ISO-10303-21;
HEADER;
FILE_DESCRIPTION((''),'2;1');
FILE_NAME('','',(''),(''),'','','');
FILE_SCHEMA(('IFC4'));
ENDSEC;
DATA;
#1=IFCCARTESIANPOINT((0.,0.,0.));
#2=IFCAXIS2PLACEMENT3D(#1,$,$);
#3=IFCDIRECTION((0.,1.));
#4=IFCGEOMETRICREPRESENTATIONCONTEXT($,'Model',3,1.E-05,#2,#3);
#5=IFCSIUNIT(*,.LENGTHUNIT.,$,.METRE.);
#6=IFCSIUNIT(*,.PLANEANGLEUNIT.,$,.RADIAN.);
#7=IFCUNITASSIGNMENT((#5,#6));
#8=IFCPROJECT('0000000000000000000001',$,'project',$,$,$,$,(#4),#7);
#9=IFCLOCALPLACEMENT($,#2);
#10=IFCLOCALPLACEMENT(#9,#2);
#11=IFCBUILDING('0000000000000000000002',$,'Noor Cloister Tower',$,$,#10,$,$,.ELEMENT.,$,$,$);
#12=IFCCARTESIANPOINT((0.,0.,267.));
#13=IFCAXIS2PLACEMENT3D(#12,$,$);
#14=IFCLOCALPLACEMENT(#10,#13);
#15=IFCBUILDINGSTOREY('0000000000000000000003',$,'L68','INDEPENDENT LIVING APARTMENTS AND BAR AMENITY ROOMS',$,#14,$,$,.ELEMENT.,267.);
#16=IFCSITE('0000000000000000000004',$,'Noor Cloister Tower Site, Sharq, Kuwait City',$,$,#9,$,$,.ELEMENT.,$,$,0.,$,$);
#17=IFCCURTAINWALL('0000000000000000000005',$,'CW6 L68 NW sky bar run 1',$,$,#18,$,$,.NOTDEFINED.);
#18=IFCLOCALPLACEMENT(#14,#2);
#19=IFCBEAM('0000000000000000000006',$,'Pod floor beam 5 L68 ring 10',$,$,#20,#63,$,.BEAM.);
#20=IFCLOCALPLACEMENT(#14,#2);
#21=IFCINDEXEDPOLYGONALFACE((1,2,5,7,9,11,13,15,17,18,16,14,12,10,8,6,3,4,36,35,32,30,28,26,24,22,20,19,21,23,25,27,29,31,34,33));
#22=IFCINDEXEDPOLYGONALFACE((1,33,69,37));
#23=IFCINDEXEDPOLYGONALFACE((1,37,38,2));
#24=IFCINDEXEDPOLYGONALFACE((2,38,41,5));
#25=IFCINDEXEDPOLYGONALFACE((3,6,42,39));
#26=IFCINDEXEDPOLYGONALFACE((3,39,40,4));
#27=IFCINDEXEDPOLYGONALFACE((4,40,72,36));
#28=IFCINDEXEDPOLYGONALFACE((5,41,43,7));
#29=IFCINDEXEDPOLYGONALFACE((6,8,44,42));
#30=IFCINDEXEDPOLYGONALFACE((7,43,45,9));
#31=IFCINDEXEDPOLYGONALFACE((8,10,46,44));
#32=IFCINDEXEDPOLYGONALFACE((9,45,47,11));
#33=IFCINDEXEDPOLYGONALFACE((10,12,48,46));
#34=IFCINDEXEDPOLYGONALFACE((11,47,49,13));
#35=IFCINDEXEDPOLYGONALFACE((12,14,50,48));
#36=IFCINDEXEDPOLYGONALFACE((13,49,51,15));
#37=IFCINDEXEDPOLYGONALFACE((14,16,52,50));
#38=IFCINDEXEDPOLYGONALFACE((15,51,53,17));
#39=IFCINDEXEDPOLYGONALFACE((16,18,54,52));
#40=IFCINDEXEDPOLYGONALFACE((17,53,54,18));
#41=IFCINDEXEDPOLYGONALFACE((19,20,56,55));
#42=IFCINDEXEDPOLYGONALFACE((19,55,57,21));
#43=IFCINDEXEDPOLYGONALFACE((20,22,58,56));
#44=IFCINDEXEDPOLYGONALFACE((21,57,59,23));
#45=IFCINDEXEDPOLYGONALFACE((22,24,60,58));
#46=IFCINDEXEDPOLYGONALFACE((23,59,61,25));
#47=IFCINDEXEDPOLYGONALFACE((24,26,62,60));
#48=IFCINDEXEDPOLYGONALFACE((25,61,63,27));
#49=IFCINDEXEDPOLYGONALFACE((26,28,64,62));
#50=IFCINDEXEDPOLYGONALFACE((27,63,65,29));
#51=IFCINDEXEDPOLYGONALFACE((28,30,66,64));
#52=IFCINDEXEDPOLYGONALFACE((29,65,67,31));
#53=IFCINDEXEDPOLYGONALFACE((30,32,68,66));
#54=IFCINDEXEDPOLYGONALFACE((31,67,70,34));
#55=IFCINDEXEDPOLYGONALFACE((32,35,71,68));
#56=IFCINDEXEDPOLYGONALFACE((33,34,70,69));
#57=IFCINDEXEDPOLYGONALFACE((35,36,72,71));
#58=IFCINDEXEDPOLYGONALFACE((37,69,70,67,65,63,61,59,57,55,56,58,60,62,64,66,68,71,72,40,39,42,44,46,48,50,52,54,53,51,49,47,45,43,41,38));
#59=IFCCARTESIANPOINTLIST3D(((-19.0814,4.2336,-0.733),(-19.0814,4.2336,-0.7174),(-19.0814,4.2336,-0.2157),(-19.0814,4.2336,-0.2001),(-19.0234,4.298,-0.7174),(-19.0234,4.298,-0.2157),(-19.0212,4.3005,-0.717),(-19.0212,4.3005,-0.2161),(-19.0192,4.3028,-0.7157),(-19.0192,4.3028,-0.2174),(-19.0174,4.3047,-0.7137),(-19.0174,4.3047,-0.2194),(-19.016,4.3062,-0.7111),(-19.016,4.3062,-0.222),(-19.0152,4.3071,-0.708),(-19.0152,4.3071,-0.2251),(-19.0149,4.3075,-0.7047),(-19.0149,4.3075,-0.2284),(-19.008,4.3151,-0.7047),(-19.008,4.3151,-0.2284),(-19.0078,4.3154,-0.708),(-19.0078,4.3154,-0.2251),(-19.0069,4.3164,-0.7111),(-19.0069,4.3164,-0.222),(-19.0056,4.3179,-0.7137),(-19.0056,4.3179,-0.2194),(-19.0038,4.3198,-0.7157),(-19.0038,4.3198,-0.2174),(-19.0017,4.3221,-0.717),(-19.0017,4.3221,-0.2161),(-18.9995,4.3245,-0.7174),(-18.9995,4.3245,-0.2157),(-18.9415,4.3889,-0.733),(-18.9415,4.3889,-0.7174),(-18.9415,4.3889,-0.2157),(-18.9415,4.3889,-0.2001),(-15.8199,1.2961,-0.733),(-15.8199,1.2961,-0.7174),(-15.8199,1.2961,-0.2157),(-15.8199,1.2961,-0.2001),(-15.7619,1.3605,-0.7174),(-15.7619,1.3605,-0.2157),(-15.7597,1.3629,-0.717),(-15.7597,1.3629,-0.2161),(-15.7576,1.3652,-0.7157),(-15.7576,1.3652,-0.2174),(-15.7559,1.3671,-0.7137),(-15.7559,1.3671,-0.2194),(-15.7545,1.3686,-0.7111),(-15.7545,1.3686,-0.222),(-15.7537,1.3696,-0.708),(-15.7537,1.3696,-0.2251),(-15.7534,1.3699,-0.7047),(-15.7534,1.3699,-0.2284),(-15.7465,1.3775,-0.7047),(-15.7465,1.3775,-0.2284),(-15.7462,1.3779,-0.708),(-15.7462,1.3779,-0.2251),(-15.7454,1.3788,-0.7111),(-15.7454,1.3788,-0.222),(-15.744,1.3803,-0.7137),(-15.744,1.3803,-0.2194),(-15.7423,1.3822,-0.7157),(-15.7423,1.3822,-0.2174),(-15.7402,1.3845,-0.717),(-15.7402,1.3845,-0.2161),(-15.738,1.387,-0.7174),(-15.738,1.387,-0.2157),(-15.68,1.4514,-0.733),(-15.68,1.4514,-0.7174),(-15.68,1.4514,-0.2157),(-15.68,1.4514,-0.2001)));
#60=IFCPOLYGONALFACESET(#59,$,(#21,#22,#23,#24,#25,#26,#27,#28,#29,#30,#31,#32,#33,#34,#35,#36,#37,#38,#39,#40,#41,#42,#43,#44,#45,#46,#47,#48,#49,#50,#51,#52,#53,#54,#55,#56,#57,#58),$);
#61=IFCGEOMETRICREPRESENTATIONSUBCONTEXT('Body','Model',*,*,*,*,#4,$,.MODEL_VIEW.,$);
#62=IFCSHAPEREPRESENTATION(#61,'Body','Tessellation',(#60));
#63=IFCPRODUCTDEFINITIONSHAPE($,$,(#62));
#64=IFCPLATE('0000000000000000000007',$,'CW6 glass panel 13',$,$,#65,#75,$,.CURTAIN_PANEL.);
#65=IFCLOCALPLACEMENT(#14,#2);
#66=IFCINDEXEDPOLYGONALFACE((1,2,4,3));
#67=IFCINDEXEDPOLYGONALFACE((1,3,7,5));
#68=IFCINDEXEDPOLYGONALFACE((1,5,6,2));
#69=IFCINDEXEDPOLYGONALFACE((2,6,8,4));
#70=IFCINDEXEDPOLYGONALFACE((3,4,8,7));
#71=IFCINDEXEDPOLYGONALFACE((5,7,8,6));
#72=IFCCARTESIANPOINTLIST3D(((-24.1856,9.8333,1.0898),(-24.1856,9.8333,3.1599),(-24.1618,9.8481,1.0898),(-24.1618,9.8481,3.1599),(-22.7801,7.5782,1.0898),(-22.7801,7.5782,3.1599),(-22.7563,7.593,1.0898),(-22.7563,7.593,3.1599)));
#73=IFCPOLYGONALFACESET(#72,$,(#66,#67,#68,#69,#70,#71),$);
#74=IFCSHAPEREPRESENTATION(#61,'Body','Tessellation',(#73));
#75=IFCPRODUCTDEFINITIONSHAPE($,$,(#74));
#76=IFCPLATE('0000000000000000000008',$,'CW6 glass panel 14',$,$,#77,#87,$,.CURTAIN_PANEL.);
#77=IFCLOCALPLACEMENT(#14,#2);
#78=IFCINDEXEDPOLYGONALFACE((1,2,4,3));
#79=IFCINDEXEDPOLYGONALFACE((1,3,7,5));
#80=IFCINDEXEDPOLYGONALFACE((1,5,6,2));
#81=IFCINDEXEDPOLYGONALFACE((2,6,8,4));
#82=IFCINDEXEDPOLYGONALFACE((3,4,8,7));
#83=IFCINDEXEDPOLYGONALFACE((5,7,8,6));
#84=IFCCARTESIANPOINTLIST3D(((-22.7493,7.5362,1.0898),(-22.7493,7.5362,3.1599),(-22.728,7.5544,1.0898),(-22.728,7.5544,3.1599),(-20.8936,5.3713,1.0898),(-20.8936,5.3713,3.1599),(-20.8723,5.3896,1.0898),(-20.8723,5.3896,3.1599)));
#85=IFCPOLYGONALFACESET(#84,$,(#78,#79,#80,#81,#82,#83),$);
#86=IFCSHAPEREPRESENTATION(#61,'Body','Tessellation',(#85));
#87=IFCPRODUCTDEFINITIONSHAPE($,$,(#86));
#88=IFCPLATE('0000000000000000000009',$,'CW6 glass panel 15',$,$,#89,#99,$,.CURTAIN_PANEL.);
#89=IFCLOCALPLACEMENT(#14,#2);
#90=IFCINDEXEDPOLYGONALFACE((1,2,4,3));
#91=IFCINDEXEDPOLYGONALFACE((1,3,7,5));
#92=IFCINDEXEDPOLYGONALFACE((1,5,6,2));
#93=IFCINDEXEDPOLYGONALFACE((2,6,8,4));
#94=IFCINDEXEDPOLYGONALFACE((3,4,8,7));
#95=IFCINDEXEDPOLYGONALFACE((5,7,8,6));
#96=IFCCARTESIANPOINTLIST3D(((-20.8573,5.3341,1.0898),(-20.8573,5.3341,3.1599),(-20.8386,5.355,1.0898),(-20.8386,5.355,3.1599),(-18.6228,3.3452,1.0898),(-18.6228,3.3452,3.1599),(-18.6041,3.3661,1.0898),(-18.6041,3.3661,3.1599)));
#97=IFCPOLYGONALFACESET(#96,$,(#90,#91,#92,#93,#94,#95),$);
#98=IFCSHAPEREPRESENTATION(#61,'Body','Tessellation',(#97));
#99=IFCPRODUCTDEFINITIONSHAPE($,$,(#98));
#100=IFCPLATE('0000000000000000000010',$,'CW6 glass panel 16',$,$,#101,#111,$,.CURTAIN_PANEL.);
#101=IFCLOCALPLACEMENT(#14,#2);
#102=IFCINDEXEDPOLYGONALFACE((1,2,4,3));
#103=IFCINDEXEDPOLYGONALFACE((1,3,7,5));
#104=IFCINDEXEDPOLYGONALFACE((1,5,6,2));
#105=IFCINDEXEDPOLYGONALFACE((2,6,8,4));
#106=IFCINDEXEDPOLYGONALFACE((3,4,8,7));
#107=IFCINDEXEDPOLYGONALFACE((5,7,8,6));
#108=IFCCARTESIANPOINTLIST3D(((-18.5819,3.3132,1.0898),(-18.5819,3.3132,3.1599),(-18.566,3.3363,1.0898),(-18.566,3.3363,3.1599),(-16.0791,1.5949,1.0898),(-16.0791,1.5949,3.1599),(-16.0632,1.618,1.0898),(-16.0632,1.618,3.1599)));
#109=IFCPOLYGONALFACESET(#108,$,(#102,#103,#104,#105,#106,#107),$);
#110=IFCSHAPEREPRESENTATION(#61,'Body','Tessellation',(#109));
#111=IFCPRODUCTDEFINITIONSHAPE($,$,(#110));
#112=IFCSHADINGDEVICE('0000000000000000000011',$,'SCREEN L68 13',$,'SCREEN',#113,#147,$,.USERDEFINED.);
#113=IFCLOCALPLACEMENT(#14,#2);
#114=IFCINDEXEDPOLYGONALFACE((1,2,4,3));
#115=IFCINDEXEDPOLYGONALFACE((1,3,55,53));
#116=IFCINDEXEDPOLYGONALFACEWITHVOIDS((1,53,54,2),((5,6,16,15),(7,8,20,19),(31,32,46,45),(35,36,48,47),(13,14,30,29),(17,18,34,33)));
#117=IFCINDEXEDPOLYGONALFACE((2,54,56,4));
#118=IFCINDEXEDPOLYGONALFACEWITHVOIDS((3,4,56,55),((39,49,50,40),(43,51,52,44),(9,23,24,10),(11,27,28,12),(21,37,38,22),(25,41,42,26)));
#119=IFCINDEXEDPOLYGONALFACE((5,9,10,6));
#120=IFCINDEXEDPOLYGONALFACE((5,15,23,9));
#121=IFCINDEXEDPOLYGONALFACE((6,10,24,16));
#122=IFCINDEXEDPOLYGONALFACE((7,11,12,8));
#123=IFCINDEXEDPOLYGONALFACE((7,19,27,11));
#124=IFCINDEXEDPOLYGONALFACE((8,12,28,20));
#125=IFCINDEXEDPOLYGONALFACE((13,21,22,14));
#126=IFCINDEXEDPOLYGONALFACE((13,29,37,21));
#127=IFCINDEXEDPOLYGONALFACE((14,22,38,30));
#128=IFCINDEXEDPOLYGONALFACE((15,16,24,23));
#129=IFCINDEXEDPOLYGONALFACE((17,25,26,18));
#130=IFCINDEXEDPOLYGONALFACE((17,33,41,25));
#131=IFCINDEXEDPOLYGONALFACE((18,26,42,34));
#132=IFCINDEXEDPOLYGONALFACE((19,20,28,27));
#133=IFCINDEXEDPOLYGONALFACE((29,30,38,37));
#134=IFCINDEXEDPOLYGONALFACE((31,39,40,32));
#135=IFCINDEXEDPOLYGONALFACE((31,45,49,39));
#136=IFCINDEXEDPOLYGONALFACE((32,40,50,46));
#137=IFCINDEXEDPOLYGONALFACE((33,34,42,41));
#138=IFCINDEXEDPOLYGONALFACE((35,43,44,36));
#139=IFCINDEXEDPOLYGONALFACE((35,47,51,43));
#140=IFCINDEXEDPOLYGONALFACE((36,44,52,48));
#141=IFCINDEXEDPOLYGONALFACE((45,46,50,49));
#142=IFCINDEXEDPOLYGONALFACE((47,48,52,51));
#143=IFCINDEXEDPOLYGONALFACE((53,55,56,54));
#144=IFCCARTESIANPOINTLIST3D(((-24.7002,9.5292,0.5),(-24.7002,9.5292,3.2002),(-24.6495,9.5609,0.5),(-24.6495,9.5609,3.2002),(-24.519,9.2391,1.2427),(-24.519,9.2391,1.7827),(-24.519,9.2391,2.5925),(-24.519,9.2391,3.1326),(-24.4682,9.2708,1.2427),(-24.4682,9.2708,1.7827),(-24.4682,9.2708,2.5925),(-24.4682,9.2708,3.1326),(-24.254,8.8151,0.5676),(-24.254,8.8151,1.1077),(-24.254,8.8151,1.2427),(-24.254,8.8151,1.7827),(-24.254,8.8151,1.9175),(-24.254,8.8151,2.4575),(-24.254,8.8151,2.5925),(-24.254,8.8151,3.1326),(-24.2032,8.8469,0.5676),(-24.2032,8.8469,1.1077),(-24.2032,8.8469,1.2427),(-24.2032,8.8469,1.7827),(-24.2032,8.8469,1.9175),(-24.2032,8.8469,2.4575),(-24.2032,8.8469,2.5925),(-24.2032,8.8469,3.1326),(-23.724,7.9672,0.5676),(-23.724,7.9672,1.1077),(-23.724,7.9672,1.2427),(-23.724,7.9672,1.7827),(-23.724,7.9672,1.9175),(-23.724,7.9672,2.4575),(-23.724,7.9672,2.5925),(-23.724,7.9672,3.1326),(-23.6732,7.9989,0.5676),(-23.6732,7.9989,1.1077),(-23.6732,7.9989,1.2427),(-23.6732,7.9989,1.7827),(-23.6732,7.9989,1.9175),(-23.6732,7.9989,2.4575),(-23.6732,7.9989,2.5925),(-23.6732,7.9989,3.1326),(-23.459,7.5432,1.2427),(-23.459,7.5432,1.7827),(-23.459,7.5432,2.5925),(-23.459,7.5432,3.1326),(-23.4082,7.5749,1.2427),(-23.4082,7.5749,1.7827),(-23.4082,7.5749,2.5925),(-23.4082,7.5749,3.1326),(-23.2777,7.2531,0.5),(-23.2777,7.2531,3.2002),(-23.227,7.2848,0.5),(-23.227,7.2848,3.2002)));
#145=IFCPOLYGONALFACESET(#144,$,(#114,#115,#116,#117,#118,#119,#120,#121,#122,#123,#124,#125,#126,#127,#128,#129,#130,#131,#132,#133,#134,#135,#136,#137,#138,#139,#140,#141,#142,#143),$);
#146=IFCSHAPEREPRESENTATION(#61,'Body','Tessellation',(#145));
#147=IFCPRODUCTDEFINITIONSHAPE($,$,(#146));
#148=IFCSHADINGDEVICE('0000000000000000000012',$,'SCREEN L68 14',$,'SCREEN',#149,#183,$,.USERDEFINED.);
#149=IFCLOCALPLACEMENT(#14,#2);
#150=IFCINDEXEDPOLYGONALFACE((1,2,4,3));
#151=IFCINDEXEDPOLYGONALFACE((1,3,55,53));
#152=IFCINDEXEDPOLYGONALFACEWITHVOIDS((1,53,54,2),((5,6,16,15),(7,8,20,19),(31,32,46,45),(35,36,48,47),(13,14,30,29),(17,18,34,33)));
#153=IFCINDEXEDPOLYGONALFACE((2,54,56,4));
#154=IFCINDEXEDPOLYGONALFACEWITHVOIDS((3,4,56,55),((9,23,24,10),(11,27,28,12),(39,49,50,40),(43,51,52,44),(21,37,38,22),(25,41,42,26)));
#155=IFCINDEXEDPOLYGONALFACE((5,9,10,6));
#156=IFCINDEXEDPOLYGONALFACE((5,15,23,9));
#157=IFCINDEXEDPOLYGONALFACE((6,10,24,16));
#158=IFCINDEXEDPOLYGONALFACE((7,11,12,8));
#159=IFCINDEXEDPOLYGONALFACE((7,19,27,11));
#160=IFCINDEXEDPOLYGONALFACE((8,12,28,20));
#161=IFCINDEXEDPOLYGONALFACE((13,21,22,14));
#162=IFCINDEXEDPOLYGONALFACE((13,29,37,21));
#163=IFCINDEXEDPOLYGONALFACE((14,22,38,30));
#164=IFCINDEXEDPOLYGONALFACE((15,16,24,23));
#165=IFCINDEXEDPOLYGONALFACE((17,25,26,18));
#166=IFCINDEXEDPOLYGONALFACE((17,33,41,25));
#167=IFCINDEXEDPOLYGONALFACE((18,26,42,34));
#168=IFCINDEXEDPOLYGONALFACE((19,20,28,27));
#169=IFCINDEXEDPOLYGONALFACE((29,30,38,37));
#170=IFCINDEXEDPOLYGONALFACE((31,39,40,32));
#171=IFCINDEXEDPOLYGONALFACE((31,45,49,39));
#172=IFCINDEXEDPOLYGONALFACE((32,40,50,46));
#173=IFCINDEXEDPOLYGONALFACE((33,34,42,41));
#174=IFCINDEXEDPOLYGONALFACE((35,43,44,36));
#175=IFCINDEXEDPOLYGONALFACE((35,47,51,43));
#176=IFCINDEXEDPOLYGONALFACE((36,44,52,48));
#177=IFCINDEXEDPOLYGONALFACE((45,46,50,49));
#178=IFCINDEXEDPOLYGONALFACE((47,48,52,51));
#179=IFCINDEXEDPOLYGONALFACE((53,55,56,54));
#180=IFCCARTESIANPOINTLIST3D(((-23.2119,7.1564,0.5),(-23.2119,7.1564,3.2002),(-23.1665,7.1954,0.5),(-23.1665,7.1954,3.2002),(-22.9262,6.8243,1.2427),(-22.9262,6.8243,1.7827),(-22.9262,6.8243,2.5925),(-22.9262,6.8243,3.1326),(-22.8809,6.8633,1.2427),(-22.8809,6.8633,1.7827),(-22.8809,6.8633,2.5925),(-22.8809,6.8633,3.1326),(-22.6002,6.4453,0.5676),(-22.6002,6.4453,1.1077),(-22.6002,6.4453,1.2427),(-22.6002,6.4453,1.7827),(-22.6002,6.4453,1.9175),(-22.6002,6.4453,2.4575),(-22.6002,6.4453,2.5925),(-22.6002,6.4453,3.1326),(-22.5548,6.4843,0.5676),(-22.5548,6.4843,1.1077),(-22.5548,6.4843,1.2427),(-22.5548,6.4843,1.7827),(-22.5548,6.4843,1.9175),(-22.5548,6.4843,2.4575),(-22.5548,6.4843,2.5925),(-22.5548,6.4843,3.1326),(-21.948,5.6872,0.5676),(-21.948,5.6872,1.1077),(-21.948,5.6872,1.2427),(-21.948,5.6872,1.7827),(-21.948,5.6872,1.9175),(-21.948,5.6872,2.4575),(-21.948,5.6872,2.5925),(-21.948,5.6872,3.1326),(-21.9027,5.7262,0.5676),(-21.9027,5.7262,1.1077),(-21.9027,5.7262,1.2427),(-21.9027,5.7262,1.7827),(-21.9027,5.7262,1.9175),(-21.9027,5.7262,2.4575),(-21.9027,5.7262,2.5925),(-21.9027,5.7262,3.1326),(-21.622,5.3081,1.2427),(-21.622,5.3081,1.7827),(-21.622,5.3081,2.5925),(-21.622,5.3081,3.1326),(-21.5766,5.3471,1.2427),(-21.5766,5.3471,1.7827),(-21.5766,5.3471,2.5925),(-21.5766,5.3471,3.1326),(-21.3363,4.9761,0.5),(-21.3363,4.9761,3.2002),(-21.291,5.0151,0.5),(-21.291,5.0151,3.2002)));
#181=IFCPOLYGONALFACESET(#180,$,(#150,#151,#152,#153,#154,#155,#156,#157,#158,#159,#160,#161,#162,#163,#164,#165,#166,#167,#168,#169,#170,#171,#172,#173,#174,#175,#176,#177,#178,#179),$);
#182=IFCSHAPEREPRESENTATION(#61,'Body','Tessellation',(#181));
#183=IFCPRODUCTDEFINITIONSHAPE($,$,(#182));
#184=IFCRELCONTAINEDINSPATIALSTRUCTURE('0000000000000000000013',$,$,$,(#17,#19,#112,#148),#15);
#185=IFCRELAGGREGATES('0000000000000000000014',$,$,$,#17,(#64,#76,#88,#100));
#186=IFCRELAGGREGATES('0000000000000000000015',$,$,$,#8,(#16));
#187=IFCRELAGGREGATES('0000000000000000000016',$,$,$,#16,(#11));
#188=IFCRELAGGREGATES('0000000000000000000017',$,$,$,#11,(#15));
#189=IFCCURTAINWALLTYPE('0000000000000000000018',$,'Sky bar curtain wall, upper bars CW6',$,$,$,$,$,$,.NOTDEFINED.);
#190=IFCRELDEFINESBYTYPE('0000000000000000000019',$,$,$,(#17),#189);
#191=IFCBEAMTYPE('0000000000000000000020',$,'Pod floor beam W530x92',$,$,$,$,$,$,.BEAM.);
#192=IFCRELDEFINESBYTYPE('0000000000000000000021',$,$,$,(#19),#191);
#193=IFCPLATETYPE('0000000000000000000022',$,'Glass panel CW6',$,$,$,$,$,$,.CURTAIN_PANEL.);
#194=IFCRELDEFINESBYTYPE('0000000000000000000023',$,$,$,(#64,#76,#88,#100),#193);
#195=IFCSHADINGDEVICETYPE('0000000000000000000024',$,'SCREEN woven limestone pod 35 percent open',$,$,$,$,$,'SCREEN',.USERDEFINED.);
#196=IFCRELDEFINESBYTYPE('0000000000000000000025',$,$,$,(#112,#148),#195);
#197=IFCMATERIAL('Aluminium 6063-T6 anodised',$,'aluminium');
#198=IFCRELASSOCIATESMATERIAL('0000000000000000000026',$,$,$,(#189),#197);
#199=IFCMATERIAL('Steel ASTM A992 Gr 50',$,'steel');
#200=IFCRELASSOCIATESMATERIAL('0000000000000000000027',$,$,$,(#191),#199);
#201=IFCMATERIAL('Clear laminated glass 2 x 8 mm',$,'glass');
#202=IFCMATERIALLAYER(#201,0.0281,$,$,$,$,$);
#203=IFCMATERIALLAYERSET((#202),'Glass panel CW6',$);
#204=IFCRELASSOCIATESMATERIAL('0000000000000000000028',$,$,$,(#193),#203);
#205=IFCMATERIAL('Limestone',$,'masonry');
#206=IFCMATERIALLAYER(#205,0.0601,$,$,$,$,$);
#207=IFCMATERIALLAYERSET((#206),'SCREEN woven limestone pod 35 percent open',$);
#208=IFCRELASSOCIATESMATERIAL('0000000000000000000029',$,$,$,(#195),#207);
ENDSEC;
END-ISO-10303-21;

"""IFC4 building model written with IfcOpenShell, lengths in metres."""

from ifc_helpers import new_model, si_unit, direction, frame, origin, origin_2d, place, context, subcontext, project, spatial, polyline, rectangle, i_section, outline, extrude, material, layer, layer_set, material_profile, profile_set, type_object, element, aggregate, save


model = new_model("IFC4")

# Units and contexts
model_context = context("Model", 3, precision=1e-05, world=origin(), true_north=direction((0.0, 1.0)))
body_context = subcontext(model_context, "Body", "Model", "MODEL_VIEW")
ifc_project = project(units=[si_unit("LENGTHUNIT", "METRE"), si_unit("PLANEANGLEUNIT", "RADIAN")], contexts=[model_context])

# Site, building, storey
site_placement = place(None, origin())
site = spatial("IfcSite", under=ifc_project, at=site_placement, Name="Noor Cloister Tower Site, Sharq, Kuwait City", CompositionType="ELEMENT", RefElevation=0.0)
building_placement = place(site_placement, origin())
building = spatial("IfcBuilding", under=site, at=building_placement, Name="Noor Cloister Tower", CompositionType="ELEMENT")
storey_placement = place(building_placement, frame((0.0, 0.0, 267.0)))
storey = spatial("IfcBuildingStorey", under=building, at=storey_placement, Name="L68", Description="INDEPENDENT LIVING APARTMENTS AND BAR AMENITY ROOMS", CompositionType="ELEMENT", Elevation=267.0)

# Curtain wall
ifc_material_1 = material(Name="Aluminium 6063-T6 anodised", Category="aluminium")
curtain_wall_type = type_object("IfcCurtainWallType", Name="Sky bar curtain wall, upper bars CW6", PredefinedType="NOTDEFINED", material=ifc_material_1)
curtain_wall_placement = place(storey_placement, origin())
curtain_wall = element("IfcCurtainWall", 1, at=curtain_wall_placement, inside=storey, type_object=curtain_wall_type, Name="CW6 L68 NW sky bar run 1", PredefinedType="NOTDEFINED")

# Beam
ifc_material_2 = material(Name="Steel ASTM A992 Gr 50", Category="steel")
ifc_material_profile_1 = material_profile(ifc_material_2, i_section(OverallWidth=0.209, OverallDepth=0.533, WebThickness=0.0103, FlangeThickness=0.0156, FilletRadius=0.0127, at=origin_2d()), Name="W530x92")
ifc_profile_set_1 = profile_set([ifc_material_profile_1], Name="Steel ASTM A992 Gr 50")
beam_type = type_object("IfcBeamType", Name="Pod floor beam W530x92", PredefinedType="BEAM", material=ifc_profile_set_1)
beam_1_placement = place(storey_placement, frame((-19.0115, 4.3113, -0.4666), z_axis=(0.743048, -0.669238, 0.0), x_axis=(0.669238, 0.743048, 0.0)))
element("IfcBeam", 2, at=beam_1_placement, inside=storey, type_object=beam_type, Name="Pod floor beam 5 L68 ring 10", PredefinedType="BEAM", context=body_context, shape_type="SweptSolid", body=[
    extrude(i_section(OverallWidth=0.209, OverallDepth=0.533, WebThickness=0.0103, FlangeThickness=0.0156, FilletRadius=0.0127, at=origin_2d()), origin(), (0.0, 0.0, 1.0), 4.3894),
])

# Plates
ifc_material_3 = material(Name="Clear laminated glass 2 x 8 mm", Category="glass")
ifc_layer_1 = layer(ifc_material_3, 0.0281)
ifc_layer_set_1 = layer_set([ifc_layer_1], Name="Glass panel CW6")
plate_type = type_object("IfcPlateType", Name="Glass panel CW6", PredefinedType="CURTAIN_PANEL", material=ifc_layer_set_1)
plate_1_placement = place(storey_placement, frame((-23.4709, 8.7131, 1.0898), z_axis=(0.0, 0.0, 1.0), x_axis=(0.528931, -0.848665, 0.0)))
plate_1 = element("IfcPlate", 3, at=plate_1_placement, type_object=plate_type, Name="CW6 glass panel 13", PredefinedType="CURTAIN_PANEL", context=body_context, shape_type="SweptSolid", body=[
    extrude(rectangle(XDim=2.6572, YDim=0.0281, at=origin_2d()), origin(), (0.0, 0.0, 1.0), 2.0701),
])
plate_2_placement = place(storey_placement, frame((-21.8108, 6.4629, 1.0898), z_axis=(0.0, 0.0, 1.0), x_axis=(0.650821, -0.759231, 0.0)))
plate_2 = element("IfcPlate", 4, at=plate_2_placement, type_object=plate_type, Name="CW6 glass panel 14", PredefinedType="CURTAIN_PANEL", context=body_context, shape_type="SweptSolid", body=[
    extrude(rectangle(XDim=2.8513, YDim=0.0281, at=origin_2d()), origin(), (0.0, 0.0, 1.0), 2.0701),
])
plate_3_placement = place(storey_placement, frame((-19.7307, 4.3501, 1.0898), z_axis=(0.0, 0.0, 1.0), x_axis=(0.74697, -0.664858, 0.0)))
plate_3 = element("IfcPlate", 5, at=plate_3_placement, type_object=plate_type, Name="CW6 glass panel 15", PredefinedType="CURTAIN_PANEL", context=body_context, shape_type="SweptSolid", body=[
    extrude(rectangle(XDim=2.9915, YDim=0.0281, at=origin_2d()), origin(), (0.0, 0.0, 1.0), 2.0701),
])
plate_4_placement = place(storey_placement, frame((-17.3225, 2.4656, 1.0898), z_axis=(0.0, 0.0, 1.0), x_axis=(0.824408, -0.565997, 0.0)))
plate_4 = element("IfcPlate", 6, at=plate_4_placement, type_object=plate_type, Name="CW6 glass panel 16", PredefinedType="CURTAIN_PANEL", context=body_context, shape_type="SweptSolid", body=[
    extrude(rectangle(XDim=3.0359, YDim=0.0281, at=origin_2d()), origin(), (0.0, 0.0, 1.0), 2.0701),
])
aggregate(curtain_wall, [plate_1, plate_2, plate_3, plate_4])

# Shading devices
ifc_material_4 = material(Name="Limestone", Category="masonry")
ifc_layer_2 = layer(ifc_material_4, 0.0601)
ifc_layer_set_2 = layer_set([ifc_layer_2], Name="SCREEN woven limestone pod 35 percent open")
shading_device_type = type_object("IfcShadingDeviceType", Name="SCREEN woven limestone pod 35 percent open", ElementType="SCREEN", PredefinedType="USERDEFINED", material=ifc_layer_set_2)
shading_device_1_placement = place(storey_placement, frame((-23.9382, 8.4229, 1.8501), z_axis=(-0.847998, -0.529999, 0.0), x_axis=(0.529999, -0.847998, 0.0)))
element("IfcShadingDevice", 7, at=shading_device_1_placement, inside=storey, type_object=shading_device_type, Name="SCREEN L68 13", ObjectType="SCREEN", PredefinedType="USERDEFINED", context=body_context, shape_type="SweptSolid", body=[
    extrude(outline(polyline([(-1.342, -1.3501), (1.342, -1.3501), (1.342, 1.3501), (-1.342, 1.3501), (-1.342, -1.3501)]), holes=[polyline([(-0.5, -1.2825), (0.5, -1.2825), (0.5, -0.7424), (-0.5, -0.7424), (-0.5, -1.2825)]), polyline([(-1.0, -0.6074), (-0.5, -0.6074), (-0.5, -0.0674), (-1.0, -0.0674), (-1.0, -0.6074)]), polyline([(0.5, -0.6074), (1.0, -0.6074), (1.0, -0.0674), (0.5, -0.0674), (0.5, -0.6074)]), polyline([(-0.5, 0.0674), (0.5, 0.0674), (0.5, 0.6074), (-0.5, 0.6074), (-0.5, 0.0674)]), polyline([(-1.0, 0.7424), (-0.5, 0.7424), (-0.5, 1.2825), (-1.0, 1.2825), (-1.0, 0.7424)]), polyline([(0.5, 0.7424), (1.0, 0.7424), (1.0, 1.2825), (0.5, 1.2825), (0.5, 0.7424)])]), origin(), (0.0, 0.0, 1.0), 0.0598),
])
shading_device_2_placement = place(storey_placement, frame((-22.2288, 6.1052, 1.8501), z_axis=(-0.758105, -0.652133, 0.0), x_axis=(0.652133, -0.758105, 0.0)))
element("IfcShadingDevice", 8, at=shading_device_2_placement, inside=storey, type_object=shading_device_type, Name="SCREEN L68 14", ObjectType="SCREEN", PredefinedType="USERDEFINED", context=body_context, shape_type="SweptSolid", body=[
    extrude(outline(polyline([(-1.438, -1.3501), (1.438, -1.3501), (1.438, 1.3501), (-1.438, 1.3501), (-1.438, -1.3501)]), holes=[polyline([(-0.5, -1.2825), (0.5, -1.2825), (0.5, -0.7424), (-0.5, -0.7424), (-0.5, -1.2825)]), polyline([(-1.0, -0.6074), (-0.5, -0.6074), (-0.5, -0.0674), (-1.0, -0.0674), (-1.0, -0.6074)]), polyline([(0.5, -0.6074), (1.0, -0.6074), (1.0, -0.0674), (0.5, -0.0674), (0.5, -0.6074)]), polyline([(-0.5, 0.0674), (0.5, 0.0674), (0.5, 0.6074), (-0.5, 0.6074), (-0.5, 0.0674)]), polyline([(-1.0, 0.7424), (-0.5, 0.7424), (-0.5, 1.2825), (-1.0, 1.2825), (-1.0, 0.7424)]), polyline([(0.5, 0.7424), (1.0, 0.7424), (1.0, 1.2825), (0.5, 1.2825), (0.5, 0.7424)])]), origin(), (0.0, 0.0, 1.0), 0.0598),
])

save(model, "model.ifc")
